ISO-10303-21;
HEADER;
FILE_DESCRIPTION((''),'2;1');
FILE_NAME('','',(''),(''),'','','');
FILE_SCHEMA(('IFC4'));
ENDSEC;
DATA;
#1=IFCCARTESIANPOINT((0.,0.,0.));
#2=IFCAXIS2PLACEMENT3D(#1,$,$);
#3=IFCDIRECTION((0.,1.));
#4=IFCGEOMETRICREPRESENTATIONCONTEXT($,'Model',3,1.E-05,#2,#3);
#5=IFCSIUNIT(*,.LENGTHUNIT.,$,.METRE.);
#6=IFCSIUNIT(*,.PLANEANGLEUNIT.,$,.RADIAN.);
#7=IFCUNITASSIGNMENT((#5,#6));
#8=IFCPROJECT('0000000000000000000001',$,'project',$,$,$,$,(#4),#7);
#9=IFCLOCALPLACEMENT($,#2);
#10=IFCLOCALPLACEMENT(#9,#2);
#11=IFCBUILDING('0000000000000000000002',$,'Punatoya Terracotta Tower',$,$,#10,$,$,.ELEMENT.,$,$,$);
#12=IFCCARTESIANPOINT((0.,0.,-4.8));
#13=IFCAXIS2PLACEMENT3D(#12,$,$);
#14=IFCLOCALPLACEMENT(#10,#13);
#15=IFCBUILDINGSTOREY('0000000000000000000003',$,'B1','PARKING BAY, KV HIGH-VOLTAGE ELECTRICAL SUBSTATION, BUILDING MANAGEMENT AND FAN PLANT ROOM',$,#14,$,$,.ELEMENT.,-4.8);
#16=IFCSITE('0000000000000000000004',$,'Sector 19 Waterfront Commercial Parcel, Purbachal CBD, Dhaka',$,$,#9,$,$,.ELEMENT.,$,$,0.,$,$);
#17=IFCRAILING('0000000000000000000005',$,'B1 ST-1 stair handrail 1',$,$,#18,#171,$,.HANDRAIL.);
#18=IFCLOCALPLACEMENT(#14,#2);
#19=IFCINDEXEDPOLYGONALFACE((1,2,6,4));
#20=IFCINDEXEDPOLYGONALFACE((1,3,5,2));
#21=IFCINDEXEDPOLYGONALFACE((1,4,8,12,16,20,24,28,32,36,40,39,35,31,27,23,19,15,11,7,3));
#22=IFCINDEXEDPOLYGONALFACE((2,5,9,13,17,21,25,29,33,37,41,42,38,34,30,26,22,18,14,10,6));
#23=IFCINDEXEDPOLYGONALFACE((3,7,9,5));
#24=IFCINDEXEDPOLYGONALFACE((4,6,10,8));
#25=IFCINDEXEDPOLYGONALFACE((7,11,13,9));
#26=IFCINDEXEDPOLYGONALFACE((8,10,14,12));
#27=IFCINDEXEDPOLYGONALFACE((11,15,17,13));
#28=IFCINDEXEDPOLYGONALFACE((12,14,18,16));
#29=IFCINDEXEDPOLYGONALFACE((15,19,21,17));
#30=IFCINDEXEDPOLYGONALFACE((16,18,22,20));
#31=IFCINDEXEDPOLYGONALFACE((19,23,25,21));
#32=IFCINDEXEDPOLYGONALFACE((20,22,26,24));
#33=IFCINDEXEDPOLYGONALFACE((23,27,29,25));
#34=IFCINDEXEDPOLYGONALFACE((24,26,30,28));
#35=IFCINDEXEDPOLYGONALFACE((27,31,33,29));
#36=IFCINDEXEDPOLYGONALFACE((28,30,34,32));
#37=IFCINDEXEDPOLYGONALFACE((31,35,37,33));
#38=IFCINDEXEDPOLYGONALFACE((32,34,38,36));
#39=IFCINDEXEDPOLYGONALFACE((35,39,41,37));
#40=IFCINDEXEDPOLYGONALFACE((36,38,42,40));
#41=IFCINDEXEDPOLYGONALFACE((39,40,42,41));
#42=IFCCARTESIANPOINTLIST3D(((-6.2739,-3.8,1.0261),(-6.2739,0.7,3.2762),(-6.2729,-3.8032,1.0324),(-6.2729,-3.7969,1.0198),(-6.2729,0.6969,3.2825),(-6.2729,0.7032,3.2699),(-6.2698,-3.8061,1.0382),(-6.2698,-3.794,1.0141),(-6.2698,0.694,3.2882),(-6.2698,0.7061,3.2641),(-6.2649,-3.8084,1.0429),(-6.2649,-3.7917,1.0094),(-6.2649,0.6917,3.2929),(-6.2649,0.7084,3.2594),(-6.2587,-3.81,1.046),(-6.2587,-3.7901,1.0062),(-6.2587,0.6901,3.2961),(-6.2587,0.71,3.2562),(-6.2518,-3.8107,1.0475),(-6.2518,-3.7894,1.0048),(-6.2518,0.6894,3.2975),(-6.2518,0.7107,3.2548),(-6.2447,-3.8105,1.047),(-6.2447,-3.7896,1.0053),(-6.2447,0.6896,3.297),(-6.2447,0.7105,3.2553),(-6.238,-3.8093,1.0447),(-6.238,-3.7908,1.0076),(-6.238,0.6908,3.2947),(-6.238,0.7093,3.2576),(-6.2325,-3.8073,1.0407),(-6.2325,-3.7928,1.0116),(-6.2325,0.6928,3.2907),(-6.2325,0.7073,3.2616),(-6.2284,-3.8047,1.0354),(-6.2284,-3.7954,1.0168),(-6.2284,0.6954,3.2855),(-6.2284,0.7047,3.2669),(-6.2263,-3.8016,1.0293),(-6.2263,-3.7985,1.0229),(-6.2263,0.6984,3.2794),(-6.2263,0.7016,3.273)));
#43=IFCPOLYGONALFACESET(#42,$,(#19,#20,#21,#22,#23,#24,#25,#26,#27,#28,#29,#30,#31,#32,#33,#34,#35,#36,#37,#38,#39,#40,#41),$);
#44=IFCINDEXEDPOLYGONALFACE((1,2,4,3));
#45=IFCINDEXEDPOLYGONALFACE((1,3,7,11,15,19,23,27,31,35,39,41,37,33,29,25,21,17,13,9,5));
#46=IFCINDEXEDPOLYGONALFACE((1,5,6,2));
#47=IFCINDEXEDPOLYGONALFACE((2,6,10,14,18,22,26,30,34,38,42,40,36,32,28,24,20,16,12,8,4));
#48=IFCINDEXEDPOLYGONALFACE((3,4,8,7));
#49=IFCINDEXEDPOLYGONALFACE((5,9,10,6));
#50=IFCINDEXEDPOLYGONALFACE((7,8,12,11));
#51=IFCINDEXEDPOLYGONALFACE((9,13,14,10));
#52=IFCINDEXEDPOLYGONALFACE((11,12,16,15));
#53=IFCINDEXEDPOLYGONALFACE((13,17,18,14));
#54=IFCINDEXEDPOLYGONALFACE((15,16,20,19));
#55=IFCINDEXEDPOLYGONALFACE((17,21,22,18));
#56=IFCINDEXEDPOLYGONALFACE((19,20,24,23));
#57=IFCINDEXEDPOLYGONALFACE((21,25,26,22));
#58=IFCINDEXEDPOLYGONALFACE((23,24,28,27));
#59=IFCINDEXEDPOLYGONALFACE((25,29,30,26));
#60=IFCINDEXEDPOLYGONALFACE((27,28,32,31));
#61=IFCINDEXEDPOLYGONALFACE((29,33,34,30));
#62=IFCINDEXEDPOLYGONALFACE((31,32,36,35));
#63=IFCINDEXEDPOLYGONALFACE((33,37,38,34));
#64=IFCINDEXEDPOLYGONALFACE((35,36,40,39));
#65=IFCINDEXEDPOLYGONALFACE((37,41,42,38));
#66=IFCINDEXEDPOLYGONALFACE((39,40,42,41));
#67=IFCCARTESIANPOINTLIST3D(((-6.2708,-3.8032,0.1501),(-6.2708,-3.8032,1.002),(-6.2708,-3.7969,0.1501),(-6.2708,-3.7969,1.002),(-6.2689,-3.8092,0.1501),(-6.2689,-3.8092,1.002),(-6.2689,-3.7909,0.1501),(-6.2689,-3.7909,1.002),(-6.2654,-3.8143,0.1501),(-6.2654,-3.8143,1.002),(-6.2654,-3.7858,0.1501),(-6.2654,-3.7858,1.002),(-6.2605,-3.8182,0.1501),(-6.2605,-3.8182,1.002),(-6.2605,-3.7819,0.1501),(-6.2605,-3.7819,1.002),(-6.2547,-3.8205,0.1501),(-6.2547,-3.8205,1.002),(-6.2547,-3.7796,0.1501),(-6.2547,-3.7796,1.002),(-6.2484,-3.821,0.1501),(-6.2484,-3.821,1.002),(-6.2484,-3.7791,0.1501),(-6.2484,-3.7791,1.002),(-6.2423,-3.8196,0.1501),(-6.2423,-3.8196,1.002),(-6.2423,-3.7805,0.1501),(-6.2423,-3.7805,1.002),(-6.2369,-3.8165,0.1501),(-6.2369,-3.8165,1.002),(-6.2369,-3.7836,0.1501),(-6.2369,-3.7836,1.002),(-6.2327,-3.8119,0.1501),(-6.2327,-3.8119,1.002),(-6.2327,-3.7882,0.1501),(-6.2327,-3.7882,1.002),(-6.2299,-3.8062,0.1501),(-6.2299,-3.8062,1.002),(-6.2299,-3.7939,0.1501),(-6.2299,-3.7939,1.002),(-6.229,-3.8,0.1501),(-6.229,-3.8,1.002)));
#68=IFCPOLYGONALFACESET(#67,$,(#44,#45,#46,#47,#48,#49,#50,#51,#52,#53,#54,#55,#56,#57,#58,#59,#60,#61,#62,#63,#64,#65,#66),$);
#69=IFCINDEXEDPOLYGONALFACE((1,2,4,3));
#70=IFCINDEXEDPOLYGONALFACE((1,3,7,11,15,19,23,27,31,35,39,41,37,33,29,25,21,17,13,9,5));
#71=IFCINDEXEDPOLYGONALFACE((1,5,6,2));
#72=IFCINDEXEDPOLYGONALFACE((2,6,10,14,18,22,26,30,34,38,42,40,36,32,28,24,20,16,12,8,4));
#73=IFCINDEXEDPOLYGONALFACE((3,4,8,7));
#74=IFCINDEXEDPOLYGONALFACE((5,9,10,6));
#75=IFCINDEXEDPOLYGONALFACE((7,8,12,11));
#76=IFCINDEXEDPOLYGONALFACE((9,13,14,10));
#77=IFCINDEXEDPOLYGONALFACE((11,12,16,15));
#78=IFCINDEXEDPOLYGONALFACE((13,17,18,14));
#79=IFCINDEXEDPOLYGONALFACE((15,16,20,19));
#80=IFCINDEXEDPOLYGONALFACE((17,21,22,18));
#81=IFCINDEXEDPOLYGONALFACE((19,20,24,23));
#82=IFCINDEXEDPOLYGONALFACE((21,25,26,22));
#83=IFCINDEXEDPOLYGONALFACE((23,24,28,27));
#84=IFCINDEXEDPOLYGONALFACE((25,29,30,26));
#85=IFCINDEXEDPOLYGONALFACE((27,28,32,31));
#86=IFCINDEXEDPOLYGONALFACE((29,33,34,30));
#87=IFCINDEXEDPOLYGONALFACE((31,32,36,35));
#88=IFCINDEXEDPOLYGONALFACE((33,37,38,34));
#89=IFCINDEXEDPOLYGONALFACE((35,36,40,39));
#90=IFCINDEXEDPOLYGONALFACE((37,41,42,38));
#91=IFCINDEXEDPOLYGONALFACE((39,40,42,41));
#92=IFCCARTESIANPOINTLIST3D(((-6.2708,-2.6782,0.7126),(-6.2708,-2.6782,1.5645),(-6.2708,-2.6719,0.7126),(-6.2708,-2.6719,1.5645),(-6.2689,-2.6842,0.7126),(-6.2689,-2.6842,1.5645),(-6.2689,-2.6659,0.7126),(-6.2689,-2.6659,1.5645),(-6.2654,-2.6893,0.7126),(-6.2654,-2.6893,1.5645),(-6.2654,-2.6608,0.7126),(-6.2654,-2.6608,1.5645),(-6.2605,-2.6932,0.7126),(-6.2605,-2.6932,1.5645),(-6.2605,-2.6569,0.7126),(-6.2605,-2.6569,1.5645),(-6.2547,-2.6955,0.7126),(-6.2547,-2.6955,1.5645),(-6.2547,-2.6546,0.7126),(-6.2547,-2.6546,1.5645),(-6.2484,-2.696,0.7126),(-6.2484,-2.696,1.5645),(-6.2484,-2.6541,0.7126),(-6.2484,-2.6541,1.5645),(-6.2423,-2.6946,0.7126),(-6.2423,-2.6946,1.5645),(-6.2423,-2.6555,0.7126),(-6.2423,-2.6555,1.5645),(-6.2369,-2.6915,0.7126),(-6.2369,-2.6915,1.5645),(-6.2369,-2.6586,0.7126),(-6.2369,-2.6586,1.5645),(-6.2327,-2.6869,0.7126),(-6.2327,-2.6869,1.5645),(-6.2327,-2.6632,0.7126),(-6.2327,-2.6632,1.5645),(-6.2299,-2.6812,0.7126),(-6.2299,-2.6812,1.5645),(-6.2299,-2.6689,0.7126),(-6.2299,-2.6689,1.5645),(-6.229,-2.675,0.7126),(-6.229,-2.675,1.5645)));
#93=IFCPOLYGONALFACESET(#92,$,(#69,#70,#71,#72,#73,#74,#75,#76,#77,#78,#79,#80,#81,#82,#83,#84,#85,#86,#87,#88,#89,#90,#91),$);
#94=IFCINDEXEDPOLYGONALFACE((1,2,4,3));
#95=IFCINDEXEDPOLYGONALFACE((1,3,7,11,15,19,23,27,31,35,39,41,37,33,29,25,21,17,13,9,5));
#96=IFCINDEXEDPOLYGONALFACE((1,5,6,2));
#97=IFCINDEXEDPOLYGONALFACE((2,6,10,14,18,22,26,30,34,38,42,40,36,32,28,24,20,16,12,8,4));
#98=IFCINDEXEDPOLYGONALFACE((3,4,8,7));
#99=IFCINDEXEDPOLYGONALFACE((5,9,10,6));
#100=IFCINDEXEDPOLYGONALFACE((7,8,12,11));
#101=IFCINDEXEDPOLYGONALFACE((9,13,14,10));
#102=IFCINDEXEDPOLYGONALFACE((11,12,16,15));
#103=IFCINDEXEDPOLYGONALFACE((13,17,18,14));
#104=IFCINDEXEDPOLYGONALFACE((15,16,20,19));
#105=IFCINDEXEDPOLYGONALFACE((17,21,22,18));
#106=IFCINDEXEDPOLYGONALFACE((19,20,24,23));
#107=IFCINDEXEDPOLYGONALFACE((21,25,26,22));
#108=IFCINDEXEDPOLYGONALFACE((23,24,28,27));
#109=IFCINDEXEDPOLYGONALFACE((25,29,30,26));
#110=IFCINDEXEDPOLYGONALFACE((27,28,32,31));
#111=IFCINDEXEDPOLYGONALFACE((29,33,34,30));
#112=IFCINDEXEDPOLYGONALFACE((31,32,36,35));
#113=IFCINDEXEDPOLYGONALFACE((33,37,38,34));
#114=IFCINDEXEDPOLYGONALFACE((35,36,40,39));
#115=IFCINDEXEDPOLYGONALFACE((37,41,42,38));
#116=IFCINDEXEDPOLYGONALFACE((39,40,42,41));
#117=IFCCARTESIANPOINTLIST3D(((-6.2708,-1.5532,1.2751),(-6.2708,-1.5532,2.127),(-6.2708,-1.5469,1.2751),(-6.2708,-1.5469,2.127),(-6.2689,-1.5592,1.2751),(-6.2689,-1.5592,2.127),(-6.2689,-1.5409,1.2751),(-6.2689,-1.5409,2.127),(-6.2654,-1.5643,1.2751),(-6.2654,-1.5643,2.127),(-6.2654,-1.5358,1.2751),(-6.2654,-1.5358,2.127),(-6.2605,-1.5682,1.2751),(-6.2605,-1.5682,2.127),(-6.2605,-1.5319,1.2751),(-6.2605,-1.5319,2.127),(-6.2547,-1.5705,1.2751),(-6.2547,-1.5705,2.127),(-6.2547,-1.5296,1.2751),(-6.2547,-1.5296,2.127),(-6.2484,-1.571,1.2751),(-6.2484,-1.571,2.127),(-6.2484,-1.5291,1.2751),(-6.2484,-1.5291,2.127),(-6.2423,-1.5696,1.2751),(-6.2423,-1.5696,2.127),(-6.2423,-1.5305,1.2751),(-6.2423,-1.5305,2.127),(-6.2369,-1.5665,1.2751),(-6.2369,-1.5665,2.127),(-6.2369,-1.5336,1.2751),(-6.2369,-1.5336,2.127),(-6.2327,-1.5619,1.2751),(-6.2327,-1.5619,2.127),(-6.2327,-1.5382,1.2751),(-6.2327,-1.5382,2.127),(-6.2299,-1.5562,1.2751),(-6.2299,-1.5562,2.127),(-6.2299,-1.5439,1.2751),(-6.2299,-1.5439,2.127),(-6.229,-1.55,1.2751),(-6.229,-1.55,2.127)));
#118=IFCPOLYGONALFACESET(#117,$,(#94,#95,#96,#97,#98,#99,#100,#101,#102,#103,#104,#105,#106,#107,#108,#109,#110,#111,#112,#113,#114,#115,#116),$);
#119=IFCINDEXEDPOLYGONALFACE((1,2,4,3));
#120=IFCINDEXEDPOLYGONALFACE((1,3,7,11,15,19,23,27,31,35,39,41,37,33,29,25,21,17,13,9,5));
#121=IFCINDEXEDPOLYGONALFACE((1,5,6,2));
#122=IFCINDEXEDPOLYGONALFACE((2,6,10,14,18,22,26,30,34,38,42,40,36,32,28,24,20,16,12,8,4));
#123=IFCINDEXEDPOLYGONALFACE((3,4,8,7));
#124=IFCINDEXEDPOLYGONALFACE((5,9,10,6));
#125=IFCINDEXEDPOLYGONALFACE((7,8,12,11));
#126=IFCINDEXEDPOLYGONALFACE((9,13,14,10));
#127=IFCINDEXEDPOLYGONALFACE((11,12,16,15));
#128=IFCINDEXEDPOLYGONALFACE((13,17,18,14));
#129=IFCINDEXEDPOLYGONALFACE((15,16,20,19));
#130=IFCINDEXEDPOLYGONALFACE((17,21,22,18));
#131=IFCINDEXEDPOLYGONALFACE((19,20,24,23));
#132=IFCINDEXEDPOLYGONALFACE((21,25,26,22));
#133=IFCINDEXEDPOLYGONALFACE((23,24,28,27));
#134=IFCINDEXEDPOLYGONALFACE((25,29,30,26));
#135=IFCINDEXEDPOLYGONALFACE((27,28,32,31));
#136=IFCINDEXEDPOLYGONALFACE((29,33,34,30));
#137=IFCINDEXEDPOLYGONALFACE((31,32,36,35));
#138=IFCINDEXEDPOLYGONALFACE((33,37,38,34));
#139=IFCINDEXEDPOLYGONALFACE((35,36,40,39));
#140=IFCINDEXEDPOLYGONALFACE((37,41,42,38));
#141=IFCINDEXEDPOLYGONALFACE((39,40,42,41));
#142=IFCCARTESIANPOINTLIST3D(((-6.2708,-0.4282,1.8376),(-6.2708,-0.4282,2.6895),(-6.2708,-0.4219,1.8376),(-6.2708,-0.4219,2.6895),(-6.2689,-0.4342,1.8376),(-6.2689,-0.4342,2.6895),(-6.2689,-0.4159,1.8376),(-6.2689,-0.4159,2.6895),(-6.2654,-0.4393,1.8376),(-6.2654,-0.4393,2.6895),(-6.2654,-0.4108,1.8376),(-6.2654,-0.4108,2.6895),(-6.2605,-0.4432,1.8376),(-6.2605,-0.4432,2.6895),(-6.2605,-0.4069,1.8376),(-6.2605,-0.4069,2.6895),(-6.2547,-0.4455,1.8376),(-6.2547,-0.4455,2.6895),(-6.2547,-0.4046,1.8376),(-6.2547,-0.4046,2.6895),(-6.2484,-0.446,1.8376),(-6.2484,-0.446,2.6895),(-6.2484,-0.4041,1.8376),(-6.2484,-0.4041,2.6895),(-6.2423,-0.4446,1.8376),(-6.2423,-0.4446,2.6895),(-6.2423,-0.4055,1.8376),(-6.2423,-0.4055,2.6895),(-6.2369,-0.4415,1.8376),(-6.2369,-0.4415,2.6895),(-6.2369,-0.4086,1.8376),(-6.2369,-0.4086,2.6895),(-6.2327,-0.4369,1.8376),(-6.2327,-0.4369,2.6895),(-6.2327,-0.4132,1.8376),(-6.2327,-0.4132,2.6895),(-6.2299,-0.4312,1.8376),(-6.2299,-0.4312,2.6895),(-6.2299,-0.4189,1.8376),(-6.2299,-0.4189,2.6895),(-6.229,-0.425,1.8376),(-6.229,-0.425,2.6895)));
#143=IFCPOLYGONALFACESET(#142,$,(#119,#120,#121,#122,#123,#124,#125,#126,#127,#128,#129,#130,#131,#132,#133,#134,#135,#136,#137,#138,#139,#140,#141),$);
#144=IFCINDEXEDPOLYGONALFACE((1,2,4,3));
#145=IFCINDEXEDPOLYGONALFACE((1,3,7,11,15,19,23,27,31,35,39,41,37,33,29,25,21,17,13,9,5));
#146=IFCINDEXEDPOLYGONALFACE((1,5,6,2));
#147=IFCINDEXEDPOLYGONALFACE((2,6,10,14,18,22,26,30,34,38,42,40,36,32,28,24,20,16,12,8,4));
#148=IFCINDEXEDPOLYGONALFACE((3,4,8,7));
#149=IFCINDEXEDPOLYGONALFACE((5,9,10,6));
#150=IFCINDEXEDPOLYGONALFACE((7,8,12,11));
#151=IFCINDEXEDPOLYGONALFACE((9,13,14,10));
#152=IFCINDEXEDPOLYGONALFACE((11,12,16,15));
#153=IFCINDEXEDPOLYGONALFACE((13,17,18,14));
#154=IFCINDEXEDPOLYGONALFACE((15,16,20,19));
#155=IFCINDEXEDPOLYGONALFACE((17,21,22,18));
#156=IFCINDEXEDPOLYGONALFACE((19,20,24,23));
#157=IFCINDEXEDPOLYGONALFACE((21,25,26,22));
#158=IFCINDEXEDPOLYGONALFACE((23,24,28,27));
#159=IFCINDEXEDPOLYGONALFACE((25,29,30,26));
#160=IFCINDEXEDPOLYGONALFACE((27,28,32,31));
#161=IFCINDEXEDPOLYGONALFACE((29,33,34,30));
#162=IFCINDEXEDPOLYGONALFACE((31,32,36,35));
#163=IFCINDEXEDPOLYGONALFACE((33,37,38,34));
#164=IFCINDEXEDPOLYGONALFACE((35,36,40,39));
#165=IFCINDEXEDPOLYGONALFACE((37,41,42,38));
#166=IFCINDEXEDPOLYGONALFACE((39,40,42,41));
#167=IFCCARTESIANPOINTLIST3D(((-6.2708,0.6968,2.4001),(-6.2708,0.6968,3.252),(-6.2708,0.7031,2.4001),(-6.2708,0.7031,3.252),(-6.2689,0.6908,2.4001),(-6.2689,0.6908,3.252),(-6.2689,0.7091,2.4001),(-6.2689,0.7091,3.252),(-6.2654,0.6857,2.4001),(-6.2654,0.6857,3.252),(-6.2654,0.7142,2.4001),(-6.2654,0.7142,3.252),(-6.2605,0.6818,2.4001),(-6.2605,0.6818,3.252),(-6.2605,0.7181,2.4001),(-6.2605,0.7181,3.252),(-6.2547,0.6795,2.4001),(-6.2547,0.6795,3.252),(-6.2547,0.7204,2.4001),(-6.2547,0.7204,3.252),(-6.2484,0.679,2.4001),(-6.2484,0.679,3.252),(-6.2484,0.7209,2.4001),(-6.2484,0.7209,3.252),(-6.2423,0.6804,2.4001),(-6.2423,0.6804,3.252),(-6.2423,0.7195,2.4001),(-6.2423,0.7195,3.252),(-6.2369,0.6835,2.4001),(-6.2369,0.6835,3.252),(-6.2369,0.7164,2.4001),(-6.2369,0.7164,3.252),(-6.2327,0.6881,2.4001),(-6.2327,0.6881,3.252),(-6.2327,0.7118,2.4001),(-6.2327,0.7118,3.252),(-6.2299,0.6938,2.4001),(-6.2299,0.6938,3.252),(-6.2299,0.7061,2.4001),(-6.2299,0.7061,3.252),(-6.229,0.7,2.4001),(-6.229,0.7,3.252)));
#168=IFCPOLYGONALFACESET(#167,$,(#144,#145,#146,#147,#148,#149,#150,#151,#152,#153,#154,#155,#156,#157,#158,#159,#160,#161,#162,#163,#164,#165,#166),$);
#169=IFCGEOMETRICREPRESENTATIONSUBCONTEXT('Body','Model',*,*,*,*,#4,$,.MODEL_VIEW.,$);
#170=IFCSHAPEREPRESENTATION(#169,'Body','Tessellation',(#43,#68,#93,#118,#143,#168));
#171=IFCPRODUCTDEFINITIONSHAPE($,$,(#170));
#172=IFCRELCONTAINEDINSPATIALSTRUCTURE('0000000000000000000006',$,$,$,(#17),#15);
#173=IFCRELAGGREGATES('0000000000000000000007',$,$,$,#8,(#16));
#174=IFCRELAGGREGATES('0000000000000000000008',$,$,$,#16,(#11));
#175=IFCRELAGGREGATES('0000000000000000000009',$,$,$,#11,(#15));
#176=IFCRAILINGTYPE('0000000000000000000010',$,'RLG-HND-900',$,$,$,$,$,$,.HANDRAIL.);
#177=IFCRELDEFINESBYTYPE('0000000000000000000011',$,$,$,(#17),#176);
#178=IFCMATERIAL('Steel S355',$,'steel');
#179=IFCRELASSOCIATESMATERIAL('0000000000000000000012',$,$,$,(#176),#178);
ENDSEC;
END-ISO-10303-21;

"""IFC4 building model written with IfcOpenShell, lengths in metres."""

from ifc_helpers import new_model, si_unit, direction, frame, origin, origin_2d, place, context, subcontext, project, spatial, circle, extrude, material, type_object, element, save


model = new_model("IFC4")

# Units and contexts
model_context = context("Model", 3, precision=1e-05, world=origin(), true_north=direction((0.0, 1.0)))
body_context = subcontext(model_context, "Body", "Model", "MODEL_VIEW")
ifc_project = project(units=[si_unit("LENGTHUNIT", "METRE"), si_unit("PLANEANGLEUNIT", "RADIAN")], contexts=[model_context])

# Site, building, storey
site_placement = place(None, origin())
site = spatial("IfcSite", under=ifc_project, at=site_placement, Name="Sector 19 Waterfront Commercial Parcel, Purbachal CBD, Dhaka", CompositionType="ELEMENT", RefElevation=0.0)
building_placement = place(site_placement, origin())
building = spatial("IfcBuilding", under=site, at=building_placement, Name="Punatoya Terracotta Tower", CompositionType="ELEMENT")
storey_placement = place(building_placement, frame((0.0, 0.0, -4.8)))
storey = spatial("IfcBuildingStorey", under=building, at=storey_placement, Name="B1", Description="PARKING BAY, KV HIGH-VOLTAGE ELECTRICAL SUBSTATION, BUILDING MANAGEMENT AND FAN PLANT ROOM", CompositionType="ELEMENT", Elevation=-4.8)

# Shared definitions
ifc_material_1 = material(Name="Steel S355", Category="steel")

# Railing
railing_type_1 = type_object("IfcRailingType", Name="RLG-HND-900", PredefinedType="HANDRAIL", material=ifc_material_1)
railing_1_placement = place(storey_placement, frame((-6.25, -3.8, 0.1501)))
element("IfcRailing", 1, at=railing_1_placement, inside=storey, type_object=railing_type_1, Name="B1 ST-1 stair handrail 1", PredefinedType="HANDRAIL", context=body_context, shape_type="SweptSolid", body=[
    extrude(circle(Radius=0.0239, at=origin_2d()), frame((0.0, 0.0, 0.876), z_axis=(0.0, 0.894427, 0.447214), x_axis=(-1.0, 0.0, 0.0)), (0.0, 0.0, 1.0), 5.0312),
    extrude(circle(Radius=0.021, at=origin_2d()), origin(), (0.0, 0.0, 1.0), 0.8518),
    extrude(circle(Radius=0.021, at=origin_2d()), frame((0.0, 1.125, 0.5625)), (0.0, 0.0, 1.0), 0.8518),
    extrude(circle(Radius=0.021, at=origin_2d()), frame((0.0, 2.25, 1.125)), (0.0, 0.0, 1.0), 0.8518),
    extrude(circle(Radius=0.021, at=origin_2d()), frame((0.0, 3.375, 1.6875)), (0.0, 0.0, 1.0), 0.8518),
    extrude(circle(Radius=0.021, at=origin_2d()), frame((0.0, 4.5, 2.25)), (0.0, 0.0, 1.0), 0.8518),
])

save(model, "model.ifc")
